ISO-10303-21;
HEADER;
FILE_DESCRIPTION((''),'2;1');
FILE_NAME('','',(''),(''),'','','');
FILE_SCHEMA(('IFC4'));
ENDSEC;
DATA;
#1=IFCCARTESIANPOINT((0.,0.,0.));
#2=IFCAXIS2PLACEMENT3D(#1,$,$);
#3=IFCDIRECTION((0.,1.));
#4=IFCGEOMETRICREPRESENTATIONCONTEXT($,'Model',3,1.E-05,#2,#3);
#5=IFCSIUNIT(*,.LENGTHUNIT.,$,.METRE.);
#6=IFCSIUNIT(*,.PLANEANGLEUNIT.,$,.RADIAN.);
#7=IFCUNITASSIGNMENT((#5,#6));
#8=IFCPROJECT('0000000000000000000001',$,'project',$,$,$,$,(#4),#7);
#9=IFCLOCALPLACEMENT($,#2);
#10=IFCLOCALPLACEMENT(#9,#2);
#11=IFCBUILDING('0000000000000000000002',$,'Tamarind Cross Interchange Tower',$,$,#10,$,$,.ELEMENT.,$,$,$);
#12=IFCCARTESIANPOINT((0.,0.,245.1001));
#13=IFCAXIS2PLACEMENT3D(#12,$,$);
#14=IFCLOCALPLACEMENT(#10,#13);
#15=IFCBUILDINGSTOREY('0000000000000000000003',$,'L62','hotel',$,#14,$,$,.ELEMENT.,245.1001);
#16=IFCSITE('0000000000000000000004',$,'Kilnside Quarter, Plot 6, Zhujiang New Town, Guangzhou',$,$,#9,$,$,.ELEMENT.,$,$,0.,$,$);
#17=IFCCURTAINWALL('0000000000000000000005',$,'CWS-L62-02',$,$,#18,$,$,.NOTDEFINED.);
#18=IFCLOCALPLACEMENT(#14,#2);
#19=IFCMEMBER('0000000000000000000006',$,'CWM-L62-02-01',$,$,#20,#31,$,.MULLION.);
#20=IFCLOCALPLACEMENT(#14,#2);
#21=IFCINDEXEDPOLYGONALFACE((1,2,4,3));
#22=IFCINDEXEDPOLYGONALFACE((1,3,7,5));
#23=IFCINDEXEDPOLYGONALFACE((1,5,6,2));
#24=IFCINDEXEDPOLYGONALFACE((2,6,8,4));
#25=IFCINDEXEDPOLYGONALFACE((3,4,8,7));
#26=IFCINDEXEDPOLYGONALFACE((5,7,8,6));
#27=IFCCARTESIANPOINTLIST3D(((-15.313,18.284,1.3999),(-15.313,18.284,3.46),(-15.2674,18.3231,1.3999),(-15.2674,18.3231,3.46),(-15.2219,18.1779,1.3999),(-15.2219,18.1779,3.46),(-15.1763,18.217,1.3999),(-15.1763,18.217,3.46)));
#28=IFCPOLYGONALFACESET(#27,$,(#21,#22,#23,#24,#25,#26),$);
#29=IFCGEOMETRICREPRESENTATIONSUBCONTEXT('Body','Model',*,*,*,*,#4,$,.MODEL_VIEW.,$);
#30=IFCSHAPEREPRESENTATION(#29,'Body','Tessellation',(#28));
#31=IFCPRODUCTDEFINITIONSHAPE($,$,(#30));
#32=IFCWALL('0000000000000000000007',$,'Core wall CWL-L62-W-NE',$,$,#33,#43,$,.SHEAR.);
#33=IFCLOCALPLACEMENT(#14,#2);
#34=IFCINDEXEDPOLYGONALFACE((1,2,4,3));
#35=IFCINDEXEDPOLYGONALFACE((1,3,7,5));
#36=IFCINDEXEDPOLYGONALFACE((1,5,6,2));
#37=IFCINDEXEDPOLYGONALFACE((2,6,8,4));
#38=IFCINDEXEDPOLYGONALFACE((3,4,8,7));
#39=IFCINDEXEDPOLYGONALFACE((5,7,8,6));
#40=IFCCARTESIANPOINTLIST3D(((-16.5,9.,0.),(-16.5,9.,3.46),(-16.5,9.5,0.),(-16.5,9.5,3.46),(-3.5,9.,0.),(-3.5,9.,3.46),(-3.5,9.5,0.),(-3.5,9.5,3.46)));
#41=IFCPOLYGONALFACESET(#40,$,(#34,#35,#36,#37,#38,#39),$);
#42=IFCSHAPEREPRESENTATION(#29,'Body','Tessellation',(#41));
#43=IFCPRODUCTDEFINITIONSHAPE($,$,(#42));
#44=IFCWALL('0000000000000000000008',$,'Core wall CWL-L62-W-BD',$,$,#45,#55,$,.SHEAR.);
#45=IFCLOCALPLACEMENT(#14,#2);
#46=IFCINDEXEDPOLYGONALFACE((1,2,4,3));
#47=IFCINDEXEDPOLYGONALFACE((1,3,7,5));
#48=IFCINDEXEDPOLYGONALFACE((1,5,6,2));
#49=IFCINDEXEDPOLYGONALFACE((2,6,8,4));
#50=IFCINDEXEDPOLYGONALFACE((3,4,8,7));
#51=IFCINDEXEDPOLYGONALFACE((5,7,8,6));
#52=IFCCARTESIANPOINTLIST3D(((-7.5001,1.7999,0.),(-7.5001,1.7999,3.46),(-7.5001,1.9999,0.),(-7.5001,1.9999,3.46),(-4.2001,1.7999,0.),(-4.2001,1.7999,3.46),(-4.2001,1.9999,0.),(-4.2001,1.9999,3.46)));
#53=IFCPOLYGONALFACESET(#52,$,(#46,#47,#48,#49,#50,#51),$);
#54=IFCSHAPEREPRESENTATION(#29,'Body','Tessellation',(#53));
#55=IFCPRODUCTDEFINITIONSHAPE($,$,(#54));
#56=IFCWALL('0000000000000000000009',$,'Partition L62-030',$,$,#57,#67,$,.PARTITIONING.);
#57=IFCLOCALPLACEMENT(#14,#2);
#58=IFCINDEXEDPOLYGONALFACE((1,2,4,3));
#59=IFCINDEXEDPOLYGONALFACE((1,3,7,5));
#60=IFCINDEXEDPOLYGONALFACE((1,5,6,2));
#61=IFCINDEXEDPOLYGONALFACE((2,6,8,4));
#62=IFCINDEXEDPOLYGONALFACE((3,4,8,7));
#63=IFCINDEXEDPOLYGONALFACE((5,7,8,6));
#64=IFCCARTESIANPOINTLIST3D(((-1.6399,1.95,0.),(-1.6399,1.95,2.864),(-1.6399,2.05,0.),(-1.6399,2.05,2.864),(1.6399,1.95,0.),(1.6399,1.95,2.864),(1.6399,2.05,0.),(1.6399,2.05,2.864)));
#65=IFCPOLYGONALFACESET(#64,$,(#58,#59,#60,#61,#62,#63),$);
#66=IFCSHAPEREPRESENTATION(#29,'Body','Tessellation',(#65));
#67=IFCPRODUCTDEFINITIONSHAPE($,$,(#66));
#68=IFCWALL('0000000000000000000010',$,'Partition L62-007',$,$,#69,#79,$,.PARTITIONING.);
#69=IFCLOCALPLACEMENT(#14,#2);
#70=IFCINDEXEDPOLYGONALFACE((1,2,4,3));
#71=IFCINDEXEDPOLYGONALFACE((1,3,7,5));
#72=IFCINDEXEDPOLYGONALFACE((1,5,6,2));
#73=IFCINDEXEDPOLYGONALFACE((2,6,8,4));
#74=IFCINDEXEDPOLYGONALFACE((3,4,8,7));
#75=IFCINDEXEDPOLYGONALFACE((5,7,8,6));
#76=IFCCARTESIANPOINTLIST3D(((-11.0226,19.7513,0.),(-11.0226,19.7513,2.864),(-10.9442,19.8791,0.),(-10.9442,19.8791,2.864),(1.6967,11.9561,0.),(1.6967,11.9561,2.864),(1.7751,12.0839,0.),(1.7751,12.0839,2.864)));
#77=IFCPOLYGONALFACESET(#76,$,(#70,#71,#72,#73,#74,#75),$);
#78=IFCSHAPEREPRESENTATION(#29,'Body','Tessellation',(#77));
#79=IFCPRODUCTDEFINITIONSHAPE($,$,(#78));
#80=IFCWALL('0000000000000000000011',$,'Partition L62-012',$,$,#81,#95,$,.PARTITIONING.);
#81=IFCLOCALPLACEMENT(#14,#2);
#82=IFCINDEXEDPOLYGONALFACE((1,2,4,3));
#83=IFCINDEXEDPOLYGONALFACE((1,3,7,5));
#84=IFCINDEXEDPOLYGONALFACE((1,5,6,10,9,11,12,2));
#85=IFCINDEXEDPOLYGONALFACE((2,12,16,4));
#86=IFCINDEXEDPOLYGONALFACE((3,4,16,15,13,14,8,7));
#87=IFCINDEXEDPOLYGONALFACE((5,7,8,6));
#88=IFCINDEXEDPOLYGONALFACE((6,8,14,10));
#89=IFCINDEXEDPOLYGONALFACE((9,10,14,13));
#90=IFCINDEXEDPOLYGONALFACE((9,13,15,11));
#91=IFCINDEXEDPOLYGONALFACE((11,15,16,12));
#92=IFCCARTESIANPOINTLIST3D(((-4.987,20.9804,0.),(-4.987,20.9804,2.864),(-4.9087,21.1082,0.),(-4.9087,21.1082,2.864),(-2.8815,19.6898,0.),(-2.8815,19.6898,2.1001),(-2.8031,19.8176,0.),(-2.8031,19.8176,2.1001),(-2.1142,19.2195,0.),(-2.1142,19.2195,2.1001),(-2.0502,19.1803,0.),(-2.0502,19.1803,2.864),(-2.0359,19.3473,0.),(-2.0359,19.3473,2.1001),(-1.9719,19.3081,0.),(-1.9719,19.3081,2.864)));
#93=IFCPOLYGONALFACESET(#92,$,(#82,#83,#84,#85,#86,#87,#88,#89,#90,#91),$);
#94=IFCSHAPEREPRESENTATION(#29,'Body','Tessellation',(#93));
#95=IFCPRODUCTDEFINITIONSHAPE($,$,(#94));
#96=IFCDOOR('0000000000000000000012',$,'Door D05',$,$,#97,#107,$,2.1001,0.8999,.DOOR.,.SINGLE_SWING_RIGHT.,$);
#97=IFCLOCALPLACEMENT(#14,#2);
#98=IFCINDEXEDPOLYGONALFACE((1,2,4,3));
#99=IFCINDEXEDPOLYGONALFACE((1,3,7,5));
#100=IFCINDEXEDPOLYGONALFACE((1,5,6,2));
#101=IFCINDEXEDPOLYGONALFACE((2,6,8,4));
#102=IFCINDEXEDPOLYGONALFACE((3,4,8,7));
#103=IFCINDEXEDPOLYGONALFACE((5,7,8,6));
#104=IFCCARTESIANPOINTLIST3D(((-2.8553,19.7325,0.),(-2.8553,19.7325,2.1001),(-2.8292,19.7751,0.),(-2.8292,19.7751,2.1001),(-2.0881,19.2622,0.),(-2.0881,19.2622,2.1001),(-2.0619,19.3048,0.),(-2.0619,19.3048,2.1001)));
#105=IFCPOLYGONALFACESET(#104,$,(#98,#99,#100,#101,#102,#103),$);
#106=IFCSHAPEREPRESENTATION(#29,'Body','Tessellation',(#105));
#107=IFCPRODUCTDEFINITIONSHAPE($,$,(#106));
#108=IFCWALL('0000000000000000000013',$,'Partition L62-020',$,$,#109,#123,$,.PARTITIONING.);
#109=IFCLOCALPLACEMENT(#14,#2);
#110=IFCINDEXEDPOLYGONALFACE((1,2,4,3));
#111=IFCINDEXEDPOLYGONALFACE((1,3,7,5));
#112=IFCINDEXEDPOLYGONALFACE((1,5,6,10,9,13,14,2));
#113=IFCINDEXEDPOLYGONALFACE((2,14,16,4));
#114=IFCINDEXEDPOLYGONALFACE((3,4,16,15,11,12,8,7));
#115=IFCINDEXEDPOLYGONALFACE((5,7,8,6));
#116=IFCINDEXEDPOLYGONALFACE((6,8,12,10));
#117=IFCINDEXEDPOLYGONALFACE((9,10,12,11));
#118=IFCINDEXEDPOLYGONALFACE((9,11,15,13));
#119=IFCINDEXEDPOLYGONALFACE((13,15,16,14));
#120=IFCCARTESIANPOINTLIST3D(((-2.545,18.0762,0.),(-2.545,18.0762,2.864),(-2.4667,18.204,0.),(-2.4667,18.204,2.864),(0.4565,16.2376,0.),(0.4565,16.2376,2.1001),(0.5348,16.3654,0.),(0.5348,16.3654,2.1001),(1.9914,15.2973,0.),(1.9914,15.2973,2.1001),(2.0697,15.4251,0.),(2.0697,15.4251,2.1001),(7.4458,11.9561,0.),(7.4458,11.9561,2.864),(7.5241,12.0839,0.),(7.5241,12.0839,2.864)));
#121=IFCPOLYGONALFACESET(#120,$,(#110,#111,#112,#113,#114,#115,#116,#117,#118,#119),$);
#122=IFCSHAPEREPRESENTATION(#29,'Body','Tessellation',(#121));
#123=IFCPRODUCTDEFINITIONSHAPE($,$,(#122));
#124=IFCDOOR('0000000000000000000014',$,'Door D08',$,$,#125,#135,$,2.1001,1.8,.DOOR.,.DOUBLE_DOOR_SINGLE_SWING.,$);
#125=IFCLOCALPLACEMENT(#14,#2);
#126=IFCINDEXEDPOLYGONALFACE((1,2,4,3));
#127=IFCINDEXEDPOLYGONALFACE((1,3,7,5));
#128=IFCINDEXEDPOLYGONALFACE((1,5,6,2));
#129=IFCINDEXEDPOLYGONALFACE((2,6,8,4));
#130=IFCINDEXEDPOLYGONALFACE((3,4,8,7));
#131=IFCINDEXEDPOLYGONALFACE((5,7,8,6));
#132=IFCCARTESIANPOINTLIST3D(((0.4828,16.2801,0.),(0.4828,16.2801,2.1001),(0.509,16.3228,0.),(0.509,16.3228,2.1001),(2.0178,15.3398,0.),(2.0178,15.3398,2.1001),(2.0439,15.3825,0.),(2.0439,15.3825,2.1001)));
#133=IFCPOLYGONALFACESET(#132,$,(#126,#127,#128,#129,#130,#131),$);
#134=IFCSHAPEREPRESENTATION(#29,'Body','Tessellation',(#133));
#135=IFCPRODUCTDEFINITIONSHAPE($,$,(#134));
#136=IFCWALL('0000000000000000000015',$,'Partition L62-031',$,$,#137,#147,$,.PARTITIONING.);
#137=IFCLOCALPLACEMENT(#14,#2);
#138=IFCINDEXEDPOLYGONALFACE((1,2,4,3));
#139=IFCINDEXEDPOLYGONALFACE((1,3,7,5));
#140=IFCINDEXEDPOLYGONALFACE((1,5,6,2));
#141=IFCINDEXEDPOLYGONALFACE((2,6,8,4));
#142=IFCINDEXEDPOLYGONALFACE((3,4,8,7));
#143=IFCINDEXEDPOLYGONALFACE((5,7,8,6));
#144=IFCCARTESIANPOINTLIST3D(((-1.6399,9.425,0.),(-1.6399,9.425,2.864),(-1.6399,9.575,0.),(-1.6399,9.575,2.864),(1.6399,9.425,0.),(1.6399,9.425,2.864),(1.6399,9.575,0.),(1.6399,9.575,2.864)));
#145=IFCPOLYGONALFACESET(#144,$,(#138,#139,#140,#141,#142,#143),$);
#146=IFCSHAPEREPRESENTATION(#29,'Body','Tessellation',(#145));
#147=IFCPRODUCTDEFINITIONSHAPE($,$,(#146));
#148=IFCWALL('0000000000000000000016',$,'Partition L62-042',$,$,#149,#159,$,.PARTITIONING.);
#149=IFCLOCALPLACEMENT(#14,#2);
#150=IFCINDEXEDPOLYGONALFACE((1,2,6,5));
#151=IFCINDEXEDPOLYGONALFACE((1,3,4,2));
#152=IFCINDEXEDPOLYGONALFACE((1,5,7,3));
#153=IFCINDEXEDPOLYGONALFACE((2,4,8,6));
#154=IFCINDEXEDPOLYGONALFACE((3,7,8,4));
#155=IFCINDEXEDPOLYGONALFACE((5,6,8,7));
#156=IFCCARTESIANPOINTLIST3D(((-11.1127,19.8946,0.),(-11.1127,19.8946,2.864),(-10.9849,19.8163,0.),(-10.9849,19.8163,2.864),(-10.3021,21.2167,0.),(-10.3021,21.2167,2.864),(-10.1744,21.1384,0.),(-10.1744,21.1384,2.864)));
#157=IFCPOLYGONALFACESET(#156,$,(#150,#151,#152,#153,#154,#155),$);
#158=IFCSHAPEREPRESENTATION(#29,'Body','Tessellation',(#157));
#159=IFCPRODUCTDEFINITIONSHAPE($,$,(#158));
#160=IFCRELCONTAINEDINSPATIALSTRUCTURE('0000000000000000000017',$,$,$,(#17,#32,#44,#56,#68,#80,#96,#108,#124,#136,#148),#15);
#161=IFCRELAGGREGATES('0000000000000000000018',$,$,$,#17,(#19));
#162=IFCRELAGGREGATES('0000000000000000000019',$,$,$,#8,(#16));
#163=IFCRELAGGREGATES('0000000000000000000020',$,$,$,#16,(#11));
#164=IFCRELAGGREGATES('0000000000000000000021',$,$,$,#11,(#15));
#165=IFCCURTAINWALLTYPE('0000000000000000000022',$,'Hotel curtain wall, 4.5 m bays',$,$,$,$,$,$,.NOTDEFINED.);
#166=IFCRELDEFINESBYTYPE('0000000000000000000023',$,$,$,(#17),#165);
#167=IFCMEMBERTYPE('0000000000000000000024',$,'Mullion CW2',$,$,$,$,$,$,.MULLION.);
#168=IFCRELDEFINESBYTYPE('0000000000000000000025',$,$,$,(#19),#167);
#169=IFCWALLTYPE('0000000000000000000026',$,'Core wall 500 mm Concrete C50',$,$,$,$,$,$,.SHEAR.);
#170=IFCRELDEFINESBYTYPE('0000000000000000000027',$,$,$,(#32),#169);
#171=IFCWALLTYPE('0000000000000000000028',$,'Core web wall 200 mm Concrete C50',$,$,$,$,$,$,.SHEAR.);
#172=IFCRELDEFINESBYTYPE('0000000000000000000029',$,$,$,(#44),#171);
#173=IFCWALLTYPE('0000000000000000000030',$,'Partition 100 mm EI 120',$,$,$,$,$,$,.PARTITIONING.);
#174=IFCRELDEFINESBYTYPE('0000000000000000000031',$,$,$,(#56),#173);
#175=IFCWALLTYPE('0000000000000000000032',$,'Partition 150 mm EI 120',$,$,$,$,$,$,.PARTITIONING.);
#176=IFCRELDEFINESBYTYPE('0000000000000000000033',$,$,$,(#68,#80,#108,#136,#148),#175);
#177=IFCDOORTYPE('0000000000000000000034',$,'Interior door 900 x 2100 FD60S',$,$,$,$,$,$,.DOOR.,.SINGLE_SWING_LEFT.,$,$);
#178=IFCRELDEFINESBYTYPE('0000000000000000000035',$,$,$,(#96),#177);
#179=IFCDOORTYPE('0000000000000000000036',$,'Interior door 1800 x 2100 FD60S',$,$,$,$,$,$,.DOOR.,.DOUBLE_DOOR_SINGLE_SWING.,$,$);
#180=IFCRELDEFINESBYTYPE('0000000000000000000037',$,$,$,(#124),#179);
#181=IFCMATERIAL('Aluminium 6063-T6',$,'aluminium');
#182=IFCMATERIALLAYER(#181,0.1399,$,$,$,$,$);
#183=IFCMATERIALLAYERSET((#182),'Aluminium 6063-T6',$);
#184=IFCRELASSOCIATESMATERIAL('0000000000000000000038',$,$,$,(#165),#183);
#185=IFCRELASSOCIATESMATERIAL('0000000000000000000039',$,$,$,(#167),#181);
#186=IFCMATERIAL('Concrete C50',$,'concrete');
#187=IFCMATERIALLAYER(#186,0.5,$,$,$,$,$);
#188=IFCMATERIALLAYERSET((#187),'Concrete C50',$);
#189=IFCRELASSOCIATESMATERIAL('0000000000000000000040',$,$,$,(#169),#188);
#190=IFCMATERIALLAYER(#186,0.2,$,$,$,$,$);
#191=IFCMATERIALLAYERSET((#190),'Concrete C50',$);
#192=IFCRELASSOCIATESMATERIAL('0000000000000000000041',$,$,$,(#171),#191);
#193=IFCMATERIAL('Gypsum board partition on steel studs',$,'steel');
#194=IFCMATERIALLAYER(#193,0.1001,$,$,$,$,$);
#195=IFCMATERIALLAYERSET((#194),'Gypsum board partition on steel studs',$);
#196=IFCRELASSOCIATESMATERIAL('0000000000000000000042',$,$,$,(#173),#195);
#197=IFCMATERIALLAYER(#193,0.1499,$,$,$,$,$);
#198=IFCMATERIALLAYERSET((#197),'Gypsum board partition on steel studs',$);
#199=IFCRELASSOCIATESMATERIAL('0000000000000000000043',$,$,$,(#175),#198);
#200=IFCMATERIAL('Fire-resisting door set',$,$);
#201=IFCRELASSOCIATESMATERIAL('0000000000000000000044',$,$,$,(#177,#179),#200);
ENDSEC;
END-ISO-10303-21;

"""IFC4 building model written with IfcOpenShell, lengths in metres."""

from ifc_helpers import new_model, si_unit, direction, frame, frame_2d, origin, origin_2d, place, context, subcontext, project, spatial, rectangle, extrude, material, layer, layer_set, material_profile, profile_set, type_object, element, fill, aggregate, save


model = new_model("IFC4")

# Units and contexts
model_context = context("Model", 3, precision=1e-05, world=origin(), true_north=direction((0.0, 1.0)))
body_context = subcontext(model_context, "Body", "Model", "MODEL_VIEW")
ifc_project = project(units=[si_unit("LENGTHUNIT", "METRE"), si_unit("PLANEANGLEUNIT", "RADIAN")], contexts=[model_context])

# Site, building, storey
site_placement = place(None, origin())
site = spatial("IfcSite", under=ifc_project, at=site_placement, Name="Kilnside Quarter, Plot 6, Zhujiang New Town, Guangzhou", CompositionType="ELEMENT", RefElevation=0.0)
building_placement = place(site_placement, origin())
building = spatial("IfcBuilding", under=site, at=building_placement, Name="Tamarind Cross Interchange Tower", CompositionType="ELEMENT")
storey_placement = place(building_placement, frame((0.0, 0.0, 245.1001)))
storey = spatial("IfcBuildingStorey", under=building, at=storey_placement, Name="L62", Description="hotel", CompositionType="ELEMENT", Elevation=245.1001)

# Shared definitions
ifc_material_1 = material(Name="Concrete C50", Category="concrete")

# Curtain wall, member
ifc_material_2 = material(Name="Aluminium 6063-T6", Category="aluminium")
ifc_layer_1 = layer(ifc_material_2, 0.1399)
ifc_layer_set_1 = layer_set([ifc_layer_1], Name="Aluminium 6063-T6")
curtain_wall_type = type_object("IfcCurtainWallType", Name="Hotel curtain wall, 4.5 m bays", PredefinedType="NOTDEFINED", material=ifc_layer_set_1)
curtain_wall_placement = place(storey_placement, origin())
curtain_wall = element("IfcCurtainWall", 1, at=curtain_wall_placement, inside=storey, type_object=curtain_wall_type, Name="CWS-L62-02", PredefinedType="NOTDEFINED")
ifc_material_profile_1 = material_profile(ifc_material_2, rectangle(XDim=0.0601, YDim=0.1399, at=origin_2d()), Name="Mullion CW2")
ifc_profile_set_1 = profile_set([ifc_material_profile_1], Name="Aluminium 6063-T6")
member_type = type_object("IfcMemberType", Name="Mullion CW2", PredefinedType="MULLION", material=ifc_profile_set_1)
member_placement = place(storey_placement, frame((-15.2446, 18.2505, 1.3999), z_axis=(0.0, 0.0, 1.0), x_axis=(-0.758844, -0.651273, 0.0)))
member = element("IfcMember", 2, at=member_placement, type_object=member_type, Name="CWM-L62-02-01", PredefinedType="MULLION", context=body_context, shape_type="SweptSolid", body=[
    extrude(rectangle(XDim=0.0601, YDim=0.1399, at=origin_2d()), origin(), (0.0, 0.0, 1.0), 2.0601),
])
aggregate(curtain_wall, [member])

# Walls
ifc_layer_2 = layer(ifc_material_1, 0.5)
ifc_layer_set_2 = layer_set([ifc_layer_2], Name="Concrete C50")
wall_type_1 = type_object("IfcWallType", Name="Core wall 500 mm Concrete C50", PredefinedType="SHEAR", material=ifc_layer_set_2)
wall_1_placement = place(storey_placement, frame((-16.5, 9.25, 0.0), z_axis=(0.0, 0.0, 1.0), x_axis=(1.0, 0.0, 0.0)))
element("IfcWall", 3, at=wall_1_placement, inside=storey, type_object=wall_type_1, Name="Core wall CWL-L62-W-NE", PredefinedType="SHEAR", context=body_context, shape_type="SweptSolid", body=[
    extrude(rectangle(XDim=13.0, YDim=0.5, at=frame_2d((6.5, 0.0))), origin(), (0.0, 0.0, 1.0), 3.46),
])
ifc_layer_3 = layer(ifc_material_1, 0.2)
ifc_layer_set_3 = layer_set([ifc_layer_3], Name="Concrete C50")
wall_type_2 = type_object("IfcWallType", Name="Core web wall 200 mm Concrete C50", PredefinedType="SHEAR", material=ifc_layer_set_3)
wall_2_placement = place(storey_placement, frame((-7.5, 1.8999, 0.0), z_axis=(0.0, 0.0, 1.0), x_axis=(1.0, 0.0, 0.0)))
element("IfcWall", 4, at=wall_2_placement, inside=storey, type_object=wall_type_2, Name="Core wall CWL-L62-W-BD", PredefinedType="SHEAR", context=body_context, shape_type="SweptSolid", body=[
    extrude(rectangle(XDim=3.3, YDim=0.2, at=frame_2d((1.6499, 0.0))), origin(), (0.0, 0.0, 1.0), 3.46),
])
ifc_material_3 = material(Name="Gypsum board partition on steel studs", Category="steel")
ifc_layer_4 = layer(ifc_material_3, 0.1001)
ifc_layer_set_4 = layer_set([ifc_layer_4], Name="Gypsum board partition on steel studs")
wall_type_3 = type_object("IfcWallType", Name="Partition 100 mm EI 120", PredefinedType="PARTITIONING", material=ifc_layer_set_4)
wall_3_placement = place(storey_placement, frame((-1.6399, 2.0, 0.0), z_axis=(0.0, 0.0, 1.0), x_axis=(1.0, 0.0, 0.0)))
element("IfcWall", 5, at=wall_3_placement, inside=storey, type_object=wall_type_3, Name="Partition L62-030", PredefinedType="PARTITIONING", context=body_context, shape_type="SweptSolid", body=[
    extrude(rectangle(XDim=3.2798, YDim=0.1001, at=frame_2d((1.6399, 0.0))), origin(), (0.0, 0.0, 1.0), 2.864),
])
ifc_layer_5 = layer(ifc_material_3, 0.1499)
ifc_layer_set_5 = layer_set([ifc_layer_5], Name="Gypsum board partition on steel studs")
wall_type_4 = type_object("IfcWallType", Name="Partition 150 mm EI 120", PredefinedType="PARTITIONING", material=ifc_layer_set_5)
wall_4_placement = place(storey_placement, frame((-10.9834, 19.8152, 0.0), z_axis=(0.0, 0.0, 1.0), x_axis=(0.852616, -0.522538, 0.0)))
element("IfcWall", 6, at=wall_4_placement, inside=storey, type_object=wall_type_4, Name="Partition L62-007", PredefinedType="PARTITIONING", context=body_context, shape_type="SweptSolid", body=[
    extrude(rectangle(XDim=14.918, YDim=0.1499, at=frame_2d((7.459, 0.0))), origin(), (0.0, 0.0, 1.0), 2.864),
])

# Walls, openings, doors
wall_5_placement = place(storey_placement, frame((-4.9478, 21.0442, 0.0), z_axis=(0.0, 0.0, 1.0), x_axis=(0.852589, -0.522582, 0.0)))
wall_5 = element("IfcWall", 7, at=wall_5_placement, inside=storey, type_object=wall_type_4, Name="Partition L62-012", PredefinedType="PARTITIONING", context=body_context, shape_type="SweptSolid", body=[
    extrude(rectangle(XDim=3.4446, YDim=0.1499, at=frame_2d((1.7222, 0.0))), origin(), (0.0, 0.0, 1.0), 2.864),
])
opening_1_placement = place(wall_5_placement, frame((2.4695, 0.0, 0.0)))
opening_1 = element("IfcOpeningElement", 8, at=opening_1_placement, cuts=wall_5, PredefinedType="OPENING", context=body_context, shape_type="SweptSolid", body=[
    extrude(rectangle(XDim=0.8999, YDim=2.1001, at=frame_2d((0.45, 1.05))), frame((0.0, 0.085, 0.0), z_axis=(0.0, -1.0, 0.0), x_axis=(1.0, 0.0, 0.0)), (0.0, 0.0, 1.0), 0.1699),
])
ifc_material_4 = material(Name="Fire-resisting door set")
door_type_1 = type_object("IfcDoorType", Name="Interior door 900 x 2100 FD60S", OperationType="SINGLE_SWING_LEFT", PredefinedType="DOOR", material=ifc_material_4)
door_1_placement = place(opening_1_placement, frame((0.8999, 0.0, 0.0), z_axis=(0.0, 0.0, 1.0), x_axis=(-1.0, 0.0, 0.0)))
door_1 = element("IfcDoor", 9, at=door_1_placement, inside=storey, type_object=door_type_1, Name="Door D05", OperationType="SINGLE_SWING_RIGHT", OverallHeight=2.1001, OverallWidth=0.8999, PredefinedType="DOOR", context=body_context, shape_type="SweptSolid", body=[
    extrude(rectangle(XDim=0.8999, YDim=2.1001, at=frame_2d((0.45, 1.05))), frame((0.0, 0.0249, 0.0), z_axis=(0.0, -1.0, 0.0), x_axis=(1.0, 0.0, 0.0)), (0.0, 0.0, 1.0), 0.05),
])
fill(opening_1, door_1)
wall_6_placement = place(storey_placement, frame((-2.5059, 18.1401, 0.0), z_axis=(0.0, 0.0, 1.0), x_axis=(0.852724, -0.522362, 0.0)))
wall_6 = element("IfcWall", 10, at=wall_6_placement, inside=storey, type_object=wall_type_4, Name="Partition L62-020", PredefinedType="PARTITIONING", context=body_context, shape_type="SweptSolid", body=[
    extrude(rectangle(XDim=11.7163, YDim=0.1499, at=frame_2d((5.8582, 0.0))), origin(), (0.0, 0.0, 1.0), 2.864),
])
opening_2_placement = place(wall_6_placement, frame((3.52, 0.0, 0.0)))
opening_2 = element("IfcOpeningElement", 11, at=opening_2_placement, cuts=wall_6, PredefinedType="OPENING", context=body_context, shape_type="SweptSolid", body=[
    extrude(rectangle(XDim=1.8, YDim=2.1001, at=frame_2d((0.8999, 1.05))), frame((0.0, 0.085, 0.0), z_axis=(0.0, -1.0, 0.0), x_axis=(1.0, 0.0, 0.0)), (0.0, 0.0, 1.0), 0.1699),
])
door_type_2 = type_object("IfcDoorType", Name="Interior door 1800 x 2100 FD60S", OperationType="DOUBLE_DOOR_SINGLE_SWING", PredefinedType="DOOR", material=ifc_material_4)
door_2_placement = place(opening_2_placement, frame((1.8, 0.0, 0.0), z_axis=(0.0, 0.0, 1.0), x_axis=(-1.0, 0.0, 0.0)))
door_2 = element("IfcDoor", 12, at=door_2_placement, inside=storey, type_object=door_type_2, Name="Door D08", OperationType="DOUBLE_DOOR_SINGLE_SWING", OverallHeight=2.1001, OverallWidth=1.8, PredefinedType="DOOR", context=body_context, shape_type="SweptSolid", body=[
    extrude(rectangle(XDim=1.8, YDim=2.1001, at=frame_2d((0.8999, 1.05))), frame((0.0, 0.0249, 0.0), z_axis=(0.0, -1.0, 0.0), x_axis=(1.0, 0.0, 0.0)), (0.0, 0.0, 1.0), 0.05),
])
fill(opening_2, door_2)

# Walls
wall_7_placement = place(storey_placement, frame((-1.6399, 9.5, 0.0), z_axis=(0.0, 0.0, 1.0), x_axis=(1.0, 0.0, 0.0)))
element("IfcWall", 13, at=wall_7_placement, inside=storey, type_object=wall_type_4, Name="Partition L62-031", PredefinedType="PARTITIONING", context=body_context, shape_type="SweptSolid", body=[
    extrude(rectangle(XDim=3.2798, YDim=0.1499, at=frame_2d((1.6399, 0.0))), origin(), (0.0, 0.0, 1.0), 2.864),
])
wall_8_placement = place(storey_placement, frame((-11.0488, 19.8555, 0.0), z_axis=(0.0, 0.0, 1.0), x_axis=(0.522691, 0.852522, 0.0)))
element("IfcWall", 14, at=wall_8_placement, inside=storey, type_object=wall_type_4, Name="Partition L62-042", PredefinedType="PARTITIONING", context=body_context, shape_type="SweptSolid", body=[
    extrude(rectangle(XDim=1.5508, YDim=0.1499, at=frame_2d((0.7754, 0.0))), origin(), (0.0, 0.0, 1.0), 2.864),
])

save(model, "model.ifc")
